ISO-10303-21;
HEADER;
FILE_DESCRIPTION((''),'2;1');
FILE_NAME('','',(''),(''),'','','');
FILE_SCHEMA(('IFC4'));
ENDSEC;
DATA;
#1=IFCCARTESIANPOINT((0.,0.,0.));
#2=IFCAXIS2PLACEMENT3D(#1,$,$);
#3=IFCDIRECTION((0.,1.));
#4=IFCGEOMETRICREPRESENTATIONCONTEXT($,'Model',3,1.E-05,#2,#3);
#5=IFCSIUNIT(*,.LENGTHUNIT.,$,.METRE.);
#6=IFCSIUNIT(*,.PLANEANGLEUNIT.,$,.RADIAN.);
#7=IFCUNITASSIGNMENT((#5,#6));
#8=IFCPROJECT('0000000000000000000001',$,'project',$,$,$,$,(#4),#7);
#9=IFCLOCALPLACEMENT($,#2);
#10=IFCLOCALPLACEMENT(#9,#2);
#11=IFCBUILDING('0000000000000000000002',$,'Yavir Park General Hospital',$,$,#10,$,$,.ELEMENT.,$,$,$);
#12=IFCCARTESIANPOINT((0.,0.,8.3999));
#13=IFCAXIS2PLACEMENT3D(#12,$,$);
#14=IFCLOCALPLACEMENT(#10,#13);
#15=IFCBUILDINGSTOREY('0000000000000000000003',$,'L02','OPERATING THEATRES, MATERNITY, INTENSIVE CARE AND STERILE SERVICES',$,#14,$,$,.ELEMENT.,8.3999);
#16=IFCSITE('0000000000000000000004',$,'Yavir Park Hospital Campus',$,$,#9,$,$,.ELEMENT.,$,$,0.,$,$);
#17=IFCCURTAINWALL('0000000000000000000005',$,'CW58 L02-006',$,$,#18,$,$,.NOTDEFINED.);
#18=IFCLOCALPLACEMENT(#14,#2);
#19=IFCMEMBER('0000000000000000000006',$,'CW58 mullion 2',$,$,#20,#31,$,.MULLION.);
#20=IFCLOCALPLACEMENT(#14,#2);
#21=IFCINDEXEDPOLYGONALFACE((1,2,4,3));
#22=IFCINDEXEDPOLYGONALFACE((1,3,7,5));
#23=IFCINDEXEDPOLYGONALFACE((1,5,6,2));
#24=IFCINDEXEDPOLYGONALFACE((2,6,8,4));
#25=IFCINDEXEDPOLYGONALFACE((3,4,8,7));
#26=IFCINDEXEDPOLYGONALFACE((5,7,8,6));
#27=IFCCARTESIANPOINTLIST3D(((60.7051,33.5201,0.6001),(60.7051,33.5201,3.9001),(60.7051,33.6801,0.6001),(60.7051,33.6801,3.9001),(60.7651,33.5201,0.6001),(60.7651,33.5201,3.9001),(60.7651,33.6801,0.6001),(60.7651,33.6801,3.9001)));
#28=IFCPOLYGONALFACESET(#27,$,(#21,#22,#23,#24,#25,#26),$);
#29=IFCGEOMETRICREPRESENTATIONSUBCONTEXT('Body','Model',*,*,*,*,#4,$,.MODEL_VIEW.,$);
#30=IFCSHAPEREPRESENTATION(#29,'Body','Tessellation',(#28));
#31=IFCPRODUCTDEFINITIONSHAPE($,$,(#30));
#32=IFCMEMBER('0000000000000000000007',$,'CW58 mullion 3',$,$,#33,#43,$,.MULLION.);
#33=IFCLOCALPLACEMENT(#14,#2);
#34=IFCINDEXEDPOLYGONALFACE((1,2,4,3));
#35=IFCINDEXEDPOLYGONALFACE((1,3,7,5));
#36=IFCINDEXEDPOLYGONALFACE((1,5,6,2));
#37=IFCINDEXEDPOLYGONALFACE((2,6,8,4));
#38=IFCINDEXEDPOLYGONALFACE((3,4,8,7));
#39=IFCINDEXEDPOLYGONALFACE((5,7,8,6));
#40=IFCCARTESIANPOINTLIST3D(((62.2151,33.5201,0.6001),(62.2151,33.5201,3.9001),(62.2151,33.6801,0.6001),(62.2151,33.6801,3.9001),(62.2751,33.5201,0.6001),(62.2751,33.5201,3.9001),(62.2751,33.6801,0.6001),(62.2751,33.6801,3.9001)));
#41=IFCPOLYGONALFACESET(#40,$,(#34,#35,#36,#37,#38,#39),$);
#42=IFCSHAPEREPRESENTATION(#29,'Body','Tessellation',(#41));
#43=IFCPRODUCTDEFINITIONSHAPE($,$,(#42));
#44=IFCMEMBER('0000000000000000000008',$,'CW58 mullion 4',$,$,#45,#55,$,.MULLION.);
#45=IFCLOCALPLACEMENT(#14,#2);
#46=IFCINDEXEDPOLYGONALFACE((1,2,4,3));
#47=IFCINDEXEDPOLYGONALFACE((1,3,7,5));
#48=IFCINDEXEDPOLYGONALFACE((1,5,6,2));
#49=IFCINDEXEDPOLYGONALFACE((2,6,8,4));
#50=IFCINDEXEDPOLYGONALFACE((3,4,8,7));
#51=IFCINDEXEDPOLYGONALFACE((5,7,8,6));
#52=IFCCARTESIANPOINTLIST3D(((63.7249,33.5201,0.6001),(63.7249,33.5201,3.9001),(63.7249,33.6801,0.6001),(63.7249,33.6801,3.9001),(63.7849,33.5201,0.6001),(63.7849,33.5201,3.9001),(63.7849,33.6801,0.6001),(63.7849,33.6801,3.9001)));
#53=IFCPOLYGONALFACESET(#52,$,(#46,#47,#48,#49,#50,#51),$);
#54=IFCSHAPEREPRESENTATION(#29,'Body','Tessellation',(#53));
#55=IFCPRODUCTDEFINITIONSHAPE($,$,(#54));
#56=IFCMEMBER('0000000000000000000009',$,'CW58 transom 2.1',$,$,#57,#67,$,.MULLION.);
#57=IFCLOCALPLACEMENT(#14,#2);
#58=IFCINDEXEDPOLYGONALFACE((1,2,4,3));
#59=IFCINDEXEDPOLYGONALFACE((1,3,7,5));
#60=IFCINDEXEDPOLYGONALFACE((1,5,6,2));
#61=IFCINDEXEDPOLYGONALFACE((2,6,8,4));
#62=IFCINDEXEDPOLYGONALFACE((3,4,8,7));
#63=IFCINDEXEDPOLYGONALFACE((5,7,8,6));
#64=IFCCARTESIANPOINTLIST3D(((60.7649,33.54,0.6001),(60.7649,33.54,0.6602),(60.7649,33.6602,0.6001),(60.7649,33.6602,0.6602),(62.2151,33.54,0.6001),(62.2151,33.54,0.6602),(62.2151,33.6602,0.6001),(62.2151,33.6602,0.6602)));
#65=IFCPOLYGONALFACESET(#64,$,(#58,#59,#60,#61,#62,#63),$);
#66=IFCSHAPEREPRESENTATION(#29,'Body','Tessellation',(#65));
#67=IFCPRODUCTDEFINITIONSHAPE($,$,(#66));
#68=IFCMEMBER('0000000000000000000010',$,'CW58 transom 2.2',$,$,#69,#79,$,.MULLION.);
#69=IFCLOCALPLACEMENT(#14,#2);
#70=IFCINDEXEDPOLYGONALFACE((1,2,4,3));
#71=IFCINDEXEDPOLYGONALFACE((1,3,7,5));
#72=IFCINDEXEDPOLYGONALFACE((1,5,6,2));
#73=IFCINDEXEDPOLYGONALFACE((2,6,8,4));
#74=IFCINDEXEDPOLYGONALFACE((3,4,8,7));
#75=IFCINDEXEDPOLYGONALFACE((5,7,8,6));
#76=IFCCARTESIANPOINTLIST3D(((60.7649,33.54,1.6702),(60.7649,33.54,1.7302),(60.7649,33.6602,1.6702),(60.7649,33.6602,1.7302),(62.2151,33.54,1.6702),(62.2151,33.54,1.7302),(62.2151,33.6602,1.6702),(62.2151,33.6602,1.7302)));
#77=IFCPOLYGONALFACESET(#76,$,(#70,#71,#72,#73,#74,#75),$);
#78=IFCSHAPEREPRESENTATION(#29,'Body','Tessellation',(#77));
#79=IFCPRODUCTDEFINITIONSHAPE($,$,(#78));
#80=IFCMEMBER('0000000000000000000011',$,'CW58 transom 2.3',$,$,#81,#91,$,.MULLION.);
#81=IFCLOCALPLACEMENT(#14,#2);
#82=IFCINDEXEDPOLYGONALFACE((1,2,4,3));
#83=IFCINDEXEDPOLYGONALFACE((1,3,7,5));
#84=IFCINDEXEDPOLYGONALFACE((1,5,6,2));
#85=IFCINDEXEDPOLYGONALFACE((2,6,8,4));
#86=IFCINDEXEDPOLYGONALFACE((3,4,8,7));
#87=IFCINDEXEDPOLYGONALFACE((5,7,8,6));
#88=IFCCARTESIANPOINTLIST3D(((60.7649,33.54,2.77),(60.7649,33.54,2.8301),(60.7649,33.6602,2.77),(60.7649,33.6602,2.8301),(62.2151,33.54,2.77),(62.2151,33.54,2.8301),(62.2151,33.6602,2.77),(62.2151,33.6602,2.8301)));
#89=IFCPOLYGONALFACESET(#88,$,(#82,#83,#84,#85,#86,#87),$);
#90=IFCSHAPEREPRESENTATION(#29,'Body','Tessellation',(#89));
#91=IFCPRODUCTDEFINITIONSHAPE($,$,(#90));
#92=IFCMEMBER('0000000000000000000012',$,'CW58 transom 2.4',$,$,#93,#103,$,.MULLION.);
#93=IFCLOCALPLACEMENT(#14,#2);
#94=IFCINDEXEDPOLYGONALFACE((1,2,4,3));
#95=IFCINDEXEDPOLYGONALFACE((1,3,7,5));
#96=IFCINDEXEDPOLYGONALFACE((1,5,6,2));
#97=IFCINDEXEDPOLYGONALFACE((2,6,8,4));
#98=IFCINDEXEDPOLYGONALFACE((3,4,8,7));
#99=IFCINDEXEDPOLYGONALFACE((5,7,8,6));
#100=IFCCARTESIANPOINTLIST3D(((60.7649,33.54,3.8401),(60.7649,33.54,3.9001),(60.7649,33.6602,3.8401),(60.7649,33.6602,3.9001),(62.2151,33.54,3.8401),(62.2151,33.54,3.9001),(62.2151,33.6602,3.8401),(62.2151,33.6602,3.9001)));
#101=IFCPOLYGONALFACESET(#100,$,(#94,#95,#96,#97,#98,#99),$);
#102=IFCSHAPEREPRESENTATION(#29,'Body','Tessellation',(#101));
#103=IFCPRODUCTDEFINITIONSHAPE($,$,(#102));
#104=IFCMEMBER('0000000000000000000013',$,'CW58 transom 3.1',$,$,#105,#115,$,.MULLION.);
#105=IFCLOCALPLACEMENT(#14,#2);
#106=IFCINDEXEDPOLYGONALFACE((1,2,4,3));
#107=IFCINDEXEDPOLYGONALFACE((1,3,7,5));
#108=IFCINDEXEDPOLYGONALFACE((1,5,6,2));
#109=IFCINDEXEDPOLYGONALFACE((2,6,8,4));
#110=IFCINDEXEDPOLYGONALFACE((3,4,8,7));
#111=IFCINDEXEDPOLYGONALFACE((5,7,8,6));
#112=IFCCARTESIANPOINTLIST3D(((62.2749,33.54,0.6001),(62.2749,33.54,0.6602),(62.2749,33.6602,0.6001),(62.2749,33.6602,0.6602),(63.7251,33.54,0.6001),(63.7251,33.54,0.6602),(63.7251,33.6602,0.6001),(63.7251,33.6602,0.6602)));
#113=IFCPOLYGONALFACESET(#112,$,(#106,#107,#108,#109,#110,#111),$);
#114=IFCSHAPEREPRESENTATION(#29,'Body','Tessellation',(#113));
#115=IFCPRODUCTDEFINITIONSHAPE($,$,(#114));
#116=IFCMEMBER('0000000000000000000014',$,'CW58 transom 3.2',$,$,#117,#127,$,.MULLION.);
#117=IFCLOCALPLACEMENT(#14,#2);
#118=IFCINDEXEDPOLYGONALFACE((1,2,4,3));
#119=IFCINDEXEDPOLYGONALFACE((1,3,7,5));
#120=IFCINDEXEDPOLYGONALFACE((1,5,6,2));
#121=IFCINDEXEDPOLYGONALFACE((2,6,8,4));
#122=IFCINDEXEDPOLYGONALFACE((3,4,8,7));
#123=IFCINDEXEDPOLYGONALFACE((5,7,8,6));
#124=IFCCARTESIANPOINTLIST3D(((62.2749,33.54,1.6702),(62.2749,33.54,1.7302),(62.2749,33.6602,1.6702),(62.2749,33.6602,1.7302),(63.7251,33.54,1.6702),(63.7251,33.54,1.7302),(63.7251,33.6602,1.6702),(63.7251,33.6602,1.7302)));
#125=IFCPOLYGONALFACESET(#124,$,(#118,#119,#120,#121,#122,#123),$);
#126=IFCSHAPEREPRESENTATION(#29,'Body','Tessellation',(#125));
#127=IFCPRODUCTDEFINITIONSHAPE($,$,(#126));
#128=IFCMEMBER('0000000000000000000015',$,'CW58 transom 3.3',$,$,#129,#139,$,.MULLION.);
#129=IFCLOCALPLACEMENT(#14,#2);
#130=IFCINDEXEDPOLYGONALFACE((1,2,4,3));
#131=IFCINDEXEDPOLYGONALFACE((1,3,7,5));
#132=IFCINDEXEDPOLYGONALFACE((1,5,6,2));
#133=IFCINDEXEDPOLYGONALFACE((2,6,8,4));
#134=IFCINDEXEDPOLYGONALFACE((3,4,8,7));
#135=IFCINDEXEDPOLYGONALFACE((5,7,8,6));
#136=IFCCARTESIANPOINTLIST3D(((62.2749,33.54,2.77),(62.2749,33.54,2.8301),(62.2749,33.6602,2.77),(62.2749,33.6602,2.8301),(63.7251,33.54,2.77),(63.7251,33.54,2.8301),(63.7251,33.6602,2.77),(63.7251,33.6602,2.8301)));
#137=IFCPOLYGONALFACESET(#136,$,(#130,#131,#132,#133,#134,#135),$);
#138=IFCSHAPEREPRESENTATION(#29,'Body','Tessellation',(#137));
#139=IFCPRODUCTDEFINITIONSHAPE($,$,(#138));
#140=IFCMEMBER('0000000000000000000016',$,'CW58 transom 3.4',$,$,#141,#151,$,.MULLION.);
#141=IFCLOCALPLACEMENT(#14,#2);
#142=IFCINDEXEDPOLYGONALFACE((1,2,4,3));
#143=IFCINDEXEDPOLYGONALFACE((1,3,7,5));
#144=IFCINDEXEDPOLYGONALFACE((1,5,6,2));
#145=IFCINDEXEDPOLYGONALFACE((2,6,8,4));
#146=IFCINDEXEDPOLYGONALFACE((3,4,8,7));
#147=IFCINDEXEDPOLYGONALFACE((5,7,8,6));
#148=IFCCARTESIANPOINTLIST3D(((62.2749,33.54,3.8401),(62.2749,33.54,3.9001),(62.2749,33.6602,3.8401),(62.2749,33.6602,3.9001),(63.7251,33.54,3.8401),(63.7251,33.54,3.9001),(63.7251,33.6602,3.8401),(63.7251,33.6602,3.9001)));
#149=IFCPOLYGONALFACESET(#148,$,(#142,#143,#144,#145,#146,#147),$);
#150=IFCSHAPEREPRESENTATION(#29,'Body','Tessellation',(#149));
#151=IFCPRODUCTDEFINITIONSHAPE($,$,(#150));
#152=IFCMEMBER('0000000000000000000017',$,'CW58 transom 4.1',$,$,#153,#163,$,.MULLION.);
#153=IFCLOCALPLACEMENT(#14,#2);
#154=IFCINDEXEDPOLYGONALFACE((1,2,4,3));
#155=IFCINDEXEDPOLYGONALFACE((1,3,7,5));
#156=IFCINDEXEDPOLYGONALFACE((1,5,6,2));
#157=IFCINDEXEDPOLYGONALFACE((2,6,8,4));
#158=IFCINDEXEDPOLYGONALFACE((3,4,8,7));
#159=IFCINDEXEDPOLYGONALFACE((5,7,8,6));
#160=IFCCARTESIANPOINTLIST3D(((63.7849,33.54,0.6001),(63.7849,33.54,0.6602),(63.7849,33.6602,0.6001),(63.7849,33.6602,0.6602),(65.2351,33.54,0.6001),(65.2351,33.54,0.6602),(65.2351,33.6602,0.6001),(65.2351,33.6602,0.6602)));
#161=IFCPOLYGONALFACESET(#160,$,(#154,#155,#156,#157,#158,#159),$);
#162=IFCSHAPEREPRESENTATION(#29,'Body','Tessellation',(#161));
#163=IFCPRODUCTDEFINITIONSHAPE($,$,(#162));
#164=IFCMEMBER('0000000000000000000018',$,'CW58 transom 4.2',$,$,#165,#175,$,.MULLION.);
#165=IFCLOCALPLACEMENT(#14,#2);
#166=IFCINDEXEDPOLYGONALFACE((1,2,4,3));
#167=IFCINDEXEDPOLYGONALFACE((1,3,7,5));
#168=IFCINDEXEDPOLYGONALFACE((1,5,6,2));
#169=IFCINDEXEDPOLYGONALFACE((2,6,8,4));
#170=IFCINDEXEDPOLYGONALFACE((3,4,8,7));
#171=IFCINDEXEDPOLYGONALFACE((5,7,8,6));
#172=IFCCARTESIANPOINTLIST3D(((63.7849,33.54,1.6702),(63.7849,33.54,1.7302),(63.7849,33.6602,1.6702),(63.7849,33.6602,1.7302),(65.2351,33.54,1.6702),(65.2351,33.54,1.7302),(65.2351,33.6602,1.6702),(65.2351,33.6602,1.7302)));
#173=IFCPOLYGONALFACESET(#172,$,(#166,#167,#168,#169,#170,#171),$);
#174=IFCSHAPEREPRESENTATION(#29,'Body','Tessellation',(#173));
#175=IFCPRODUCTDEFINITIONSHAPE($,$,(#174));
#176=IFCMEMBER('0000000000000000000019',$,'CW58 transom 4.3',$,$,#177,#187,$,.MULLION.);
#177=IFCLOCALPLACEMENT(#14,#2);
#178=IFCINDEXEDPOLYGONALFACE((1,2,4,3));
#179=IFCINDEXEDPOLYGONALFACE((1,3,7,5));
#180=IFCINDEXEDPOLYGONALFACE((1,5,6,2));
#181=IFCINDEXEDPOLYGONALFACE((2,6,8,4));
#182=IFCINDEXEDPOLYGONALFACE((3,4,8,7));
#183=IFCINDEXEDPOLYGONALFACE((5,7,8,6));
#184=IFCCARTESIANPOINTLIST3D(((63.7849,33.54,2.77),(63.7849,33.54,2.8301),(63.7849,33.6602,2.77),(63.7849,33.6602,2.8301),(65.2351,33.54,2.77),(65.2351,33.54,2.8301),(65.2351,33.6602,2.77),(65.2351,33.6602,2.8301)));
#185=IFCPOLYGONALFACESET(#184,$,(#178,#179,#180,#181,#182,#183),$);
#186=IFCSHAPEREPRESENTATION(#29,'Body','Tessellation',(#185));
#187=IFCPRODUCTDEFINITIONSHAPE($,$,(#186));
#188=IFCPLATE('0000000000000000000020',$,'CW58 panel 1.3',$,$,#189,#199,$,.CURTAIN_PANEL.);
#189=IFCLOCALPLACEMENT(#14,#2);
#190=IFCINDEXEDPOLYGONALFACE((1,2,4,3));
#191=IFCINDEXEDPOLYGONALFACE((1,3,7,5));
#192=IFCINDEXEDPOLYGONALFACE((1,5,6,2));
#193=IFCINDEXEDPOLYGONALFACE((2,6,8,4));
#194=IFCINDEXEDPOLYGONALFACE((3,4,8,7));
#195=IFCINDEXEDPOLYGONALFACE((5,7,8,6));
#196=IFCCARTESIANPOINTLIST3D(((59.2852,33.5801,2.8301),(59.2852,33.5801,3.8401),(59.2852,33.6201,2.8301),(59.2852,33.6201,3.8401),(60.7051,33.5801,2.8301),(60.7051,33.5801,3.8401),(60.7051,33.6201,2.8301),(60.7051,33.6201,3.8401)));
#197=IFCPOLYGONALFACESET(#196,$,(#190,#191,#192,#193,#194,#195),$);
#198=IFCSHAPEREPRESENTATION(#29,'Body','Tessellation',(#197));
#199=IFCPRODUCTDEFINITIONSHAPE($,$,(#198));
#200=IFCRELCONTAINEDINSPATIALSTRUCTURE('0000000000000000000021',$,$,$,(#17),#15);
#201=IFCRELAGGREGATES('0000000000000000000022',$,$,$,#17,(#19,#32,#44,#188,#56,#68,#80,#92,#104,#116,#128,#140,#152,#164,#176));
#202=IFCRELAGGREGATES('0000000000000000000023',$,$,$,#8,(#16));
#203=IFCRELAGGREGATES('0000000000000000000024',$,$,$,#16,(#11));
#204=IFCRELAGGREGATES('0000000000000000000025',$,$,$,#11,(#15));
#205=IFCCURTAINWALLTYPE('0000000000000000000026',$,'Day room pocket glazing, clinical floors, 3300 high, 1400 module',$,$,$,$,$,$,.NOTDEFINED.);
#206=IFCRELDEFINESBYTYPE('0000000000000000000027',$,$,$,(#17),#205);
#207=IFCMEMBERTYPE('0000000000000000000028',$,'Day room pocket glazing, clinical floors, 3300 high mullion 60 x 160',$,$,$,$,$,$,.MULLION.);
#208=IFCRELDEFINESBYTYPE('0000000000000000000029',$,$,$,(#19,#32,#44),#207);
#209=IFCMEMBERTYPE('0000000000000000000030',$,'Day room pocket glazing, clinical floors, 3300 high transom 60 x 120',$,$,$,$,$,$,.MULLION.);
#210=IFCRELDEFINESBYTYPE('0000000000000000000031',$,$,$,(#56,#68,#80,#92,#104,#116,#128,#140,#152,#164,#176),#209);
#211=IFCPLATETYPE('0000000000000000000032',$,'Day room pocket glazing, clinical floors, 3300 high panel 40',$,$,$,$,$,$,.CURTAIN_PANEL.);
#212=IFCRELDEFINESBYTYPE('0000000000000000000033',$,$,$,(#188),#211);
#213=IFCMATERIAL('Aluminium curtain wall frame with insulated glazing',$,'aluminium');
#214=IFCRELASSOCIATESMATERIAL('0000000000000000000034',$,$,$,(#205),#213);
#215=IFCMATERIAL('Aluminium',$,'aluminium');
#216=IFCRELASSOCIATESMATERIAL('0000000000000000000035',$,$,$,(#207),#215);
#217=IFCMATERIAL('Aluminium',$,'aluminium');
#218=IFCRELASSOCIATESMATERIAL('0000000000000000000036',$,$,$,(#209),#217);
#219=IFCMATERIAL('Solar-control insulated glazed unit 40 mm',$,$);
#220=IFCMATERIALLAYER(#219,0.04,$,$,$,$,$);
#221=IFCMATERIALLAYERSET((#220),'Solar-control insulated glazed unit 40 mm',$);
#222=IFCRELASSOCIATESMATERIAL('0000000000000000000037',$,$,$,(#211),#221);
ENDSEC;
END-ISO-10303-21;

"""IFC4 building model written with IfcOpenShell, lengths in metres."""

from ifc_helpers import new_model, si_unit, direction, frame, origin, origin_2d, place, context, subcontext, project, spatial, rectangle, extrude, material, layer, layer_set, material_profile, profile_set, type_object, element, aggregate, save


model = new_model("IFC4")

# Units and contexts
model_context = context("Model", 3, precision=1e-05, world=origin(), true_north=direction((0.0, 1.0)))
body_context = subcontext(model_context, "Body", "Model", "MODEL_VIEW")
ifc_project = project(units=[si_unit("LENGTHUNIT", "METRE"), si_unit("PLANEANGLEUNIT", "RADIAN")], contexts=[model_context])

# Site, building, storey
site_placement = place(None, origin())
site = spatial("IfcSite", under=ifc_project, at=site_placement, Name="Yavir Park Hospital Campus", CompositionType="ELEMENT", RefElevation=0.0)
building_placement = place(site_placement, origin())
building = spatial("IfcBuilding", under=site, at=building_placement, Name="Yavir Park General Hospital", CompositionType="ELEMENT")
storey_placement = place(building_placement, frame((0.0, 0.0, 8.3999)))
storey = spatial("IfcBuildingStorey", under=building, at=storey_placement, Name="L02", Description="OPERATING THEATRES, MATERNITY, INTENSIVE CARE AND STERILE SERVICES", CompositionType="ELEMENT", Elevation=8.3999)

# Curtain wall, members, plate
ifc_material_1 = material(Name="Aluminium curtain wall frame with insulated glazing", Category="aluminium")
curtain_wall_type = type_object("IfcCurtainWallType", Name="Day room pocket glazing, clinical floors, 3300 high, 1400 module", PredefinedType="NOTDEFINED", material=ifc_material_1)
curtain_wall_placement = place(storey_placement, origin())
curtain_wall = element("IfcCurtainWall", 1, at=curtain_wall_placement, inside=storey, type_object=curtain_wall_type, Name="CW58 L02-006", PredefinedType="NOTDEFINED")
ifc_material_2 = material(Name="Aluminium", Category="aluminium")
ifc_material_profile_1 = material_profile(ifc_material_2, rectangle(XDim=0.1599, YDim=0.0601, at=origin_2d()), Name="AL 60x160")
ifc_profile_set_1 = profile_set([ifc_material_profile_1], Name="Aluminium")
member_type_1 = type_object("IfcMemberType", Name="Day room pocket glazing, clinical floors, 3300 high mullion 60 x 160", PredefinedType="MULLION", material=ifc_profile_set_1)
member_1_placement = place(storey_placement, frame((60.7351, 33.6001, 0.6001), z_axis=(0.0, 0.0, 1.0), x_axis=(0.0, 1.0, 0.0)))
member_1 = element("IfcMember", 2, at=member_1_placement, type_object=member_type_1, Name="CW58 mullion 2", PredefinedType="MULLION", context=body_context, shape_type="SweptSolid", body=[
    extrude(rectangle(XDim=0.1599, YDim=0.0601, at=origin_2d()), origin(), (0.0, 0.0, 1.0), 3.3),
])
member_2_placement = place(storey_placement, frame((62.2451, 33.6001, 0.6001), z_axis=(0.0, 0.0, 1.0), x_axis=(0.0, 1.0, 0.0)))
member_2 = element("IfcMember", 3, at=member_2_placement, type_object=member_type_1, Name="CW58 mullion 3", PredefinedType="MULLION", context=body_context, shape_type="SweptSolid", body=[
    extrude(rectangle(XDim=0.1599, YDim=0.0601, at=origin_2d()), origin(), (0.0, 0.0, 1.0), 3.3),
])
member_3_placement = place(storey_placement, frame((63.7549, 33.6001, 0.6001), z_axis=(0.0, 0.0, 1.0), x_axis=(0.0, 1.0, 0.0)))
member_3 = element("IfcMember", 4, at=member_3_placement, type_object=member_type_1, Name="CW58 mullion 4", PredefinedType="MULLION", context=body_context, shape_type="SweptSolid", body=[
    extrude(rectangle(XDim=0.1599, YDim=0.0601, at=origin_2d()), origin(), (0.0, 0.0, 1.0), 3.3),
])
ifc_material_3 = material(Name="Aluminium", Category="aluminium")
ifc_material_profile_2 = material_profile(ifc_material_3, rectangle(XDim=0.1201, YDim=0.0601, at=origin_2d()), Name="AL 120x60")
ifc_profile_set_2 = profile_set([ifc_material_profile_2], Name="Aluminium")
member_type_2 = type_object("IfcMemberType", Name="Day room pocket glazing, clinical floors, 3300 high transom 60 x 120", PredefinedType="MULLION", material=ifc_profile_set_2)
member_4_placement = place(storey_placement, frame((60.7649, 33.6001, 0.6301), z_axis=(1.0, 0.0, 0.0), x_axis=(0.0, 1.0, 0.0)))
member_4 = element("IfcMember", 5, at=member_4_placement, type_object=member_type_2, Name="CW58 transom 2.1", PredefinedType="MULLION", context=body_context, shape_type="SweptSolid", body=[
    extrude(rectangle(XDim=0.1201, YDim=0.0601, at=origin_2d()), origin(), (0.0, 0.0, 1.0), 1.4502),
])
member_5_placement = place(storey_placement, frame((60.7649, 33.6001, 1.7002), z_axis=(1.0, 0.0, 0.0), x_axis=(0.0, 1.0, 0.0)))
member_5 = element("IfcMember", 6, at=member_5_placement, type_object=member_type_2, Name="CW58 transom 2.2", PredefinedType="MULLION", context=body_context, shape_type="SweptSolid", body=[
    extrude(rectangle(XDim=0.1201, YDim=0.0601, at=origin_2d()), origin(), (0.0, 0.0, 1.0), 1.4502),
])
member_6_placement = place(storey_placement, frame((60.7649, 33.6001, 2.8), z_axis=(1.0, 0.0, 0.0), x_axis=(0.0, 1.0, 0.0)))
member_6 = element("IfcMember", 7, at=member_6_placement, type_object=member_type_2, Name="CW58 transom 2.3", PredefinedType="MULLION", context=body_context, shape_type="SweptSolid", body=[
    extrude(rectangle(XDim=0.1201, YDim=0.0601, at=origin_2d()), origin(), (0.0, 0.0, 1.0), 1.4502),
])
member_7_placement = place(storey_placement, frame((60.7649, 33.6001, 3.8701), z_axis=(1.0, 0.0, 0.0), x_axis=(0.0, 1.0, 0.0)))
member_7 = element("IfcMember", 8, at=member_7_placement, type_object=member_type_2, Name="CW58 transom 2.4", PredefinedType="MULLION", context=body_context, shape_type="SweptSolid", body=[
    extrude(rectangle(XDim=0.1201, YDim=0.0601, at=origin_2d()), origin(), (0.0, 0.0, 1.0), 1.4502),
])
member_8_placement = place(storey_placement, frame((62.2749, 33.6001, 0.6301), z_axis=(1.0, 0.0, 0.0), x_axis=(0.0, 1.0, 0.0)))
member_8 = element("IfcMember", 9, at=member_8_placement, type_object=member_type_2, Name="CW58 transom 3.1", PredefinedType="MULLION", context=body_context, shape_type="SweptSolid", body=[
    extrude(rectangle(XDim=0.1201, YDim=0.0601, at=origin_2d()), origin(), (0.0, 0.0, 1.0), 1.4502),
])
member_9_placement = place(storey_placement, frame((62.2749, 33.6001, 1.7002), z_axis=(1.0, 0.0, 0.0), x_axis=(0.0, 1.0, 0.0)))
member_9 = element("IfcMember", 10, at=member_9_placement, type_object=member_type_2, Name="CW58 transom 3.2", PredefinedType="MULLION", context=body_context, shape_type="SweptSolid", body=[
    extrude(rectangle(XDim=0.1201, YDim=0.0601, at=origin_2d()), origin(), (0.0, 0.0, 1.0), 1.4502),
])
member_10_placement = place(storey_placement, frame((62.2749, 33.6001, 2.8), z_axis=(1.0, 0.0, 0.0), x_axis=(0.0, 1.0, 0.0)))
member_10 = element("IfcMember", 11, at=member_10_placement, type_object=member_type_2, Name="CW58 transom 3.3", PredefinedType="MULLION", context=body_context, shape_type="SweptSolid", body=[
    extrude(rectangle(XDim=0.1201, YDim=0.0601, at=origin_2d()), origin(), (0.0, 0.0, 1.0), 1.4502),
])
member_11_placement = place(storey_placement, frame((62.2749, 33.6001, 3.8701), z_axis=(1.0, 0.0, 0.0), x_axis=(0.0, 1.0, 0.0)))
member_11 = element("IfcMember", 12, at=member_11_placement, type_object=member_type_2, Name="CW58 transom 3.4", PredefinedType="MULLION", context=body_context, shape_type="SweptSolid", body=[
    extrude(rectangle(XDim=0.1201, YDim=0.0601, at=origin_2d()), origin(), (0.0, 0.0, 1.0), 1.4502),
])
member_12_placement = place(storey_placement, frame((63.7849, 33.6001, 0.6301), z_axis=(1.0, 0.0, 0.0), x_axis=(0.0, 1.0, 0.0)))
member_12 = element("IfcMember", 13, at=member_12_placement, type_object=member_type_2, Name="CW58 transom 4.1", PredefinedType="MULLION", context=body_context, shape_type="SweptSolid", body=[
    extrude(rectangle(XDim=0.1201, YDim=0.0601, at=origin_2d()), origin(), (0.0, 0.0, 1.0), 1.4502),
])
member_13_placement = place(storey_placement, frame((63.7849, 33.6001, 1.7002), z_axis=(1.0, 0.0, 0.0), x_axis=(0.0, 1.0, 0.0)))
member_13 = element("IfcMember", 14, at=member_13_placement, type_object=member_type_2, Name="CW58 transom 4.2", PredefinedType="MULLION", context=body_context, shape_type="SweptSolid", body=[
    extrude(rectangle(XDim=0.1201, YDim=0.0601, at=origin_2d()), origin(), (0.0, 0.0, 1.0), 1.4502),
])
member_14_placement = place(storey_placement, frame((63.7849, 33.6001, 2.8), z_axis=(1.0, 0.0, 0.0), x_axis=(0.0, 1.0, 0.0)))
member_14 = element("IfcMember", 15, at=member_14_placement, type_object=member_type_2, Name="CW58 transom 4.3", PredefinedType="MULLION", context=body_context, shape_type="SweptSolid", body=[
    extrude(rectangle(XDim=0.1201, YDim=0.0601, at=origin_2d()), origin(), (0.0, 0.0, 1.0), 1.4502),
])
ifc_material_4 = material(Name="Solar-control insulated glazed unit 40 mm")
ifc_layer = layer(ifc_material_4, 0.04)
ifc_layer_set = layer_set([ifc_layer], Name="Solar-control insulated glazed unit 40 mm")
plate_type = type_object("IfcPlateType", Name="Day room pocket glazing, clinical floors, 3300 high panel 40", PredefinedType="CURTAIN_PANEL", material=ifc_layer_set)
plate_1_placement = place(storey_placement, frame((59.9951, 33.6001, 2.8301), z_axis=(0.0, 0.0, 1.0), x_axis=(1.0, 0.0, 0.0)))
plate_1 = element("IfcPlate", 16, at=plate_1_placement, type_object=plate_type, Name="CW58 panel 1.3", PredefinedType="CURTAIN_PANEL", context=body_context, shape_type="SweptSolid", body=[
    extrude(rectangle(XDim=1.4199, YDim=0.04, at=origin_2d()), origin(), (0.0, 0.0, 1.0), 1.01),
])
aggregate(curtain_wall, [member_1, member_2, member_3, plate_1, member_4, member_5, member_6, member_7, member_8, member_9, member_10, member_11, member_12, member_13, member_14])

save(model, "model.ifc")
